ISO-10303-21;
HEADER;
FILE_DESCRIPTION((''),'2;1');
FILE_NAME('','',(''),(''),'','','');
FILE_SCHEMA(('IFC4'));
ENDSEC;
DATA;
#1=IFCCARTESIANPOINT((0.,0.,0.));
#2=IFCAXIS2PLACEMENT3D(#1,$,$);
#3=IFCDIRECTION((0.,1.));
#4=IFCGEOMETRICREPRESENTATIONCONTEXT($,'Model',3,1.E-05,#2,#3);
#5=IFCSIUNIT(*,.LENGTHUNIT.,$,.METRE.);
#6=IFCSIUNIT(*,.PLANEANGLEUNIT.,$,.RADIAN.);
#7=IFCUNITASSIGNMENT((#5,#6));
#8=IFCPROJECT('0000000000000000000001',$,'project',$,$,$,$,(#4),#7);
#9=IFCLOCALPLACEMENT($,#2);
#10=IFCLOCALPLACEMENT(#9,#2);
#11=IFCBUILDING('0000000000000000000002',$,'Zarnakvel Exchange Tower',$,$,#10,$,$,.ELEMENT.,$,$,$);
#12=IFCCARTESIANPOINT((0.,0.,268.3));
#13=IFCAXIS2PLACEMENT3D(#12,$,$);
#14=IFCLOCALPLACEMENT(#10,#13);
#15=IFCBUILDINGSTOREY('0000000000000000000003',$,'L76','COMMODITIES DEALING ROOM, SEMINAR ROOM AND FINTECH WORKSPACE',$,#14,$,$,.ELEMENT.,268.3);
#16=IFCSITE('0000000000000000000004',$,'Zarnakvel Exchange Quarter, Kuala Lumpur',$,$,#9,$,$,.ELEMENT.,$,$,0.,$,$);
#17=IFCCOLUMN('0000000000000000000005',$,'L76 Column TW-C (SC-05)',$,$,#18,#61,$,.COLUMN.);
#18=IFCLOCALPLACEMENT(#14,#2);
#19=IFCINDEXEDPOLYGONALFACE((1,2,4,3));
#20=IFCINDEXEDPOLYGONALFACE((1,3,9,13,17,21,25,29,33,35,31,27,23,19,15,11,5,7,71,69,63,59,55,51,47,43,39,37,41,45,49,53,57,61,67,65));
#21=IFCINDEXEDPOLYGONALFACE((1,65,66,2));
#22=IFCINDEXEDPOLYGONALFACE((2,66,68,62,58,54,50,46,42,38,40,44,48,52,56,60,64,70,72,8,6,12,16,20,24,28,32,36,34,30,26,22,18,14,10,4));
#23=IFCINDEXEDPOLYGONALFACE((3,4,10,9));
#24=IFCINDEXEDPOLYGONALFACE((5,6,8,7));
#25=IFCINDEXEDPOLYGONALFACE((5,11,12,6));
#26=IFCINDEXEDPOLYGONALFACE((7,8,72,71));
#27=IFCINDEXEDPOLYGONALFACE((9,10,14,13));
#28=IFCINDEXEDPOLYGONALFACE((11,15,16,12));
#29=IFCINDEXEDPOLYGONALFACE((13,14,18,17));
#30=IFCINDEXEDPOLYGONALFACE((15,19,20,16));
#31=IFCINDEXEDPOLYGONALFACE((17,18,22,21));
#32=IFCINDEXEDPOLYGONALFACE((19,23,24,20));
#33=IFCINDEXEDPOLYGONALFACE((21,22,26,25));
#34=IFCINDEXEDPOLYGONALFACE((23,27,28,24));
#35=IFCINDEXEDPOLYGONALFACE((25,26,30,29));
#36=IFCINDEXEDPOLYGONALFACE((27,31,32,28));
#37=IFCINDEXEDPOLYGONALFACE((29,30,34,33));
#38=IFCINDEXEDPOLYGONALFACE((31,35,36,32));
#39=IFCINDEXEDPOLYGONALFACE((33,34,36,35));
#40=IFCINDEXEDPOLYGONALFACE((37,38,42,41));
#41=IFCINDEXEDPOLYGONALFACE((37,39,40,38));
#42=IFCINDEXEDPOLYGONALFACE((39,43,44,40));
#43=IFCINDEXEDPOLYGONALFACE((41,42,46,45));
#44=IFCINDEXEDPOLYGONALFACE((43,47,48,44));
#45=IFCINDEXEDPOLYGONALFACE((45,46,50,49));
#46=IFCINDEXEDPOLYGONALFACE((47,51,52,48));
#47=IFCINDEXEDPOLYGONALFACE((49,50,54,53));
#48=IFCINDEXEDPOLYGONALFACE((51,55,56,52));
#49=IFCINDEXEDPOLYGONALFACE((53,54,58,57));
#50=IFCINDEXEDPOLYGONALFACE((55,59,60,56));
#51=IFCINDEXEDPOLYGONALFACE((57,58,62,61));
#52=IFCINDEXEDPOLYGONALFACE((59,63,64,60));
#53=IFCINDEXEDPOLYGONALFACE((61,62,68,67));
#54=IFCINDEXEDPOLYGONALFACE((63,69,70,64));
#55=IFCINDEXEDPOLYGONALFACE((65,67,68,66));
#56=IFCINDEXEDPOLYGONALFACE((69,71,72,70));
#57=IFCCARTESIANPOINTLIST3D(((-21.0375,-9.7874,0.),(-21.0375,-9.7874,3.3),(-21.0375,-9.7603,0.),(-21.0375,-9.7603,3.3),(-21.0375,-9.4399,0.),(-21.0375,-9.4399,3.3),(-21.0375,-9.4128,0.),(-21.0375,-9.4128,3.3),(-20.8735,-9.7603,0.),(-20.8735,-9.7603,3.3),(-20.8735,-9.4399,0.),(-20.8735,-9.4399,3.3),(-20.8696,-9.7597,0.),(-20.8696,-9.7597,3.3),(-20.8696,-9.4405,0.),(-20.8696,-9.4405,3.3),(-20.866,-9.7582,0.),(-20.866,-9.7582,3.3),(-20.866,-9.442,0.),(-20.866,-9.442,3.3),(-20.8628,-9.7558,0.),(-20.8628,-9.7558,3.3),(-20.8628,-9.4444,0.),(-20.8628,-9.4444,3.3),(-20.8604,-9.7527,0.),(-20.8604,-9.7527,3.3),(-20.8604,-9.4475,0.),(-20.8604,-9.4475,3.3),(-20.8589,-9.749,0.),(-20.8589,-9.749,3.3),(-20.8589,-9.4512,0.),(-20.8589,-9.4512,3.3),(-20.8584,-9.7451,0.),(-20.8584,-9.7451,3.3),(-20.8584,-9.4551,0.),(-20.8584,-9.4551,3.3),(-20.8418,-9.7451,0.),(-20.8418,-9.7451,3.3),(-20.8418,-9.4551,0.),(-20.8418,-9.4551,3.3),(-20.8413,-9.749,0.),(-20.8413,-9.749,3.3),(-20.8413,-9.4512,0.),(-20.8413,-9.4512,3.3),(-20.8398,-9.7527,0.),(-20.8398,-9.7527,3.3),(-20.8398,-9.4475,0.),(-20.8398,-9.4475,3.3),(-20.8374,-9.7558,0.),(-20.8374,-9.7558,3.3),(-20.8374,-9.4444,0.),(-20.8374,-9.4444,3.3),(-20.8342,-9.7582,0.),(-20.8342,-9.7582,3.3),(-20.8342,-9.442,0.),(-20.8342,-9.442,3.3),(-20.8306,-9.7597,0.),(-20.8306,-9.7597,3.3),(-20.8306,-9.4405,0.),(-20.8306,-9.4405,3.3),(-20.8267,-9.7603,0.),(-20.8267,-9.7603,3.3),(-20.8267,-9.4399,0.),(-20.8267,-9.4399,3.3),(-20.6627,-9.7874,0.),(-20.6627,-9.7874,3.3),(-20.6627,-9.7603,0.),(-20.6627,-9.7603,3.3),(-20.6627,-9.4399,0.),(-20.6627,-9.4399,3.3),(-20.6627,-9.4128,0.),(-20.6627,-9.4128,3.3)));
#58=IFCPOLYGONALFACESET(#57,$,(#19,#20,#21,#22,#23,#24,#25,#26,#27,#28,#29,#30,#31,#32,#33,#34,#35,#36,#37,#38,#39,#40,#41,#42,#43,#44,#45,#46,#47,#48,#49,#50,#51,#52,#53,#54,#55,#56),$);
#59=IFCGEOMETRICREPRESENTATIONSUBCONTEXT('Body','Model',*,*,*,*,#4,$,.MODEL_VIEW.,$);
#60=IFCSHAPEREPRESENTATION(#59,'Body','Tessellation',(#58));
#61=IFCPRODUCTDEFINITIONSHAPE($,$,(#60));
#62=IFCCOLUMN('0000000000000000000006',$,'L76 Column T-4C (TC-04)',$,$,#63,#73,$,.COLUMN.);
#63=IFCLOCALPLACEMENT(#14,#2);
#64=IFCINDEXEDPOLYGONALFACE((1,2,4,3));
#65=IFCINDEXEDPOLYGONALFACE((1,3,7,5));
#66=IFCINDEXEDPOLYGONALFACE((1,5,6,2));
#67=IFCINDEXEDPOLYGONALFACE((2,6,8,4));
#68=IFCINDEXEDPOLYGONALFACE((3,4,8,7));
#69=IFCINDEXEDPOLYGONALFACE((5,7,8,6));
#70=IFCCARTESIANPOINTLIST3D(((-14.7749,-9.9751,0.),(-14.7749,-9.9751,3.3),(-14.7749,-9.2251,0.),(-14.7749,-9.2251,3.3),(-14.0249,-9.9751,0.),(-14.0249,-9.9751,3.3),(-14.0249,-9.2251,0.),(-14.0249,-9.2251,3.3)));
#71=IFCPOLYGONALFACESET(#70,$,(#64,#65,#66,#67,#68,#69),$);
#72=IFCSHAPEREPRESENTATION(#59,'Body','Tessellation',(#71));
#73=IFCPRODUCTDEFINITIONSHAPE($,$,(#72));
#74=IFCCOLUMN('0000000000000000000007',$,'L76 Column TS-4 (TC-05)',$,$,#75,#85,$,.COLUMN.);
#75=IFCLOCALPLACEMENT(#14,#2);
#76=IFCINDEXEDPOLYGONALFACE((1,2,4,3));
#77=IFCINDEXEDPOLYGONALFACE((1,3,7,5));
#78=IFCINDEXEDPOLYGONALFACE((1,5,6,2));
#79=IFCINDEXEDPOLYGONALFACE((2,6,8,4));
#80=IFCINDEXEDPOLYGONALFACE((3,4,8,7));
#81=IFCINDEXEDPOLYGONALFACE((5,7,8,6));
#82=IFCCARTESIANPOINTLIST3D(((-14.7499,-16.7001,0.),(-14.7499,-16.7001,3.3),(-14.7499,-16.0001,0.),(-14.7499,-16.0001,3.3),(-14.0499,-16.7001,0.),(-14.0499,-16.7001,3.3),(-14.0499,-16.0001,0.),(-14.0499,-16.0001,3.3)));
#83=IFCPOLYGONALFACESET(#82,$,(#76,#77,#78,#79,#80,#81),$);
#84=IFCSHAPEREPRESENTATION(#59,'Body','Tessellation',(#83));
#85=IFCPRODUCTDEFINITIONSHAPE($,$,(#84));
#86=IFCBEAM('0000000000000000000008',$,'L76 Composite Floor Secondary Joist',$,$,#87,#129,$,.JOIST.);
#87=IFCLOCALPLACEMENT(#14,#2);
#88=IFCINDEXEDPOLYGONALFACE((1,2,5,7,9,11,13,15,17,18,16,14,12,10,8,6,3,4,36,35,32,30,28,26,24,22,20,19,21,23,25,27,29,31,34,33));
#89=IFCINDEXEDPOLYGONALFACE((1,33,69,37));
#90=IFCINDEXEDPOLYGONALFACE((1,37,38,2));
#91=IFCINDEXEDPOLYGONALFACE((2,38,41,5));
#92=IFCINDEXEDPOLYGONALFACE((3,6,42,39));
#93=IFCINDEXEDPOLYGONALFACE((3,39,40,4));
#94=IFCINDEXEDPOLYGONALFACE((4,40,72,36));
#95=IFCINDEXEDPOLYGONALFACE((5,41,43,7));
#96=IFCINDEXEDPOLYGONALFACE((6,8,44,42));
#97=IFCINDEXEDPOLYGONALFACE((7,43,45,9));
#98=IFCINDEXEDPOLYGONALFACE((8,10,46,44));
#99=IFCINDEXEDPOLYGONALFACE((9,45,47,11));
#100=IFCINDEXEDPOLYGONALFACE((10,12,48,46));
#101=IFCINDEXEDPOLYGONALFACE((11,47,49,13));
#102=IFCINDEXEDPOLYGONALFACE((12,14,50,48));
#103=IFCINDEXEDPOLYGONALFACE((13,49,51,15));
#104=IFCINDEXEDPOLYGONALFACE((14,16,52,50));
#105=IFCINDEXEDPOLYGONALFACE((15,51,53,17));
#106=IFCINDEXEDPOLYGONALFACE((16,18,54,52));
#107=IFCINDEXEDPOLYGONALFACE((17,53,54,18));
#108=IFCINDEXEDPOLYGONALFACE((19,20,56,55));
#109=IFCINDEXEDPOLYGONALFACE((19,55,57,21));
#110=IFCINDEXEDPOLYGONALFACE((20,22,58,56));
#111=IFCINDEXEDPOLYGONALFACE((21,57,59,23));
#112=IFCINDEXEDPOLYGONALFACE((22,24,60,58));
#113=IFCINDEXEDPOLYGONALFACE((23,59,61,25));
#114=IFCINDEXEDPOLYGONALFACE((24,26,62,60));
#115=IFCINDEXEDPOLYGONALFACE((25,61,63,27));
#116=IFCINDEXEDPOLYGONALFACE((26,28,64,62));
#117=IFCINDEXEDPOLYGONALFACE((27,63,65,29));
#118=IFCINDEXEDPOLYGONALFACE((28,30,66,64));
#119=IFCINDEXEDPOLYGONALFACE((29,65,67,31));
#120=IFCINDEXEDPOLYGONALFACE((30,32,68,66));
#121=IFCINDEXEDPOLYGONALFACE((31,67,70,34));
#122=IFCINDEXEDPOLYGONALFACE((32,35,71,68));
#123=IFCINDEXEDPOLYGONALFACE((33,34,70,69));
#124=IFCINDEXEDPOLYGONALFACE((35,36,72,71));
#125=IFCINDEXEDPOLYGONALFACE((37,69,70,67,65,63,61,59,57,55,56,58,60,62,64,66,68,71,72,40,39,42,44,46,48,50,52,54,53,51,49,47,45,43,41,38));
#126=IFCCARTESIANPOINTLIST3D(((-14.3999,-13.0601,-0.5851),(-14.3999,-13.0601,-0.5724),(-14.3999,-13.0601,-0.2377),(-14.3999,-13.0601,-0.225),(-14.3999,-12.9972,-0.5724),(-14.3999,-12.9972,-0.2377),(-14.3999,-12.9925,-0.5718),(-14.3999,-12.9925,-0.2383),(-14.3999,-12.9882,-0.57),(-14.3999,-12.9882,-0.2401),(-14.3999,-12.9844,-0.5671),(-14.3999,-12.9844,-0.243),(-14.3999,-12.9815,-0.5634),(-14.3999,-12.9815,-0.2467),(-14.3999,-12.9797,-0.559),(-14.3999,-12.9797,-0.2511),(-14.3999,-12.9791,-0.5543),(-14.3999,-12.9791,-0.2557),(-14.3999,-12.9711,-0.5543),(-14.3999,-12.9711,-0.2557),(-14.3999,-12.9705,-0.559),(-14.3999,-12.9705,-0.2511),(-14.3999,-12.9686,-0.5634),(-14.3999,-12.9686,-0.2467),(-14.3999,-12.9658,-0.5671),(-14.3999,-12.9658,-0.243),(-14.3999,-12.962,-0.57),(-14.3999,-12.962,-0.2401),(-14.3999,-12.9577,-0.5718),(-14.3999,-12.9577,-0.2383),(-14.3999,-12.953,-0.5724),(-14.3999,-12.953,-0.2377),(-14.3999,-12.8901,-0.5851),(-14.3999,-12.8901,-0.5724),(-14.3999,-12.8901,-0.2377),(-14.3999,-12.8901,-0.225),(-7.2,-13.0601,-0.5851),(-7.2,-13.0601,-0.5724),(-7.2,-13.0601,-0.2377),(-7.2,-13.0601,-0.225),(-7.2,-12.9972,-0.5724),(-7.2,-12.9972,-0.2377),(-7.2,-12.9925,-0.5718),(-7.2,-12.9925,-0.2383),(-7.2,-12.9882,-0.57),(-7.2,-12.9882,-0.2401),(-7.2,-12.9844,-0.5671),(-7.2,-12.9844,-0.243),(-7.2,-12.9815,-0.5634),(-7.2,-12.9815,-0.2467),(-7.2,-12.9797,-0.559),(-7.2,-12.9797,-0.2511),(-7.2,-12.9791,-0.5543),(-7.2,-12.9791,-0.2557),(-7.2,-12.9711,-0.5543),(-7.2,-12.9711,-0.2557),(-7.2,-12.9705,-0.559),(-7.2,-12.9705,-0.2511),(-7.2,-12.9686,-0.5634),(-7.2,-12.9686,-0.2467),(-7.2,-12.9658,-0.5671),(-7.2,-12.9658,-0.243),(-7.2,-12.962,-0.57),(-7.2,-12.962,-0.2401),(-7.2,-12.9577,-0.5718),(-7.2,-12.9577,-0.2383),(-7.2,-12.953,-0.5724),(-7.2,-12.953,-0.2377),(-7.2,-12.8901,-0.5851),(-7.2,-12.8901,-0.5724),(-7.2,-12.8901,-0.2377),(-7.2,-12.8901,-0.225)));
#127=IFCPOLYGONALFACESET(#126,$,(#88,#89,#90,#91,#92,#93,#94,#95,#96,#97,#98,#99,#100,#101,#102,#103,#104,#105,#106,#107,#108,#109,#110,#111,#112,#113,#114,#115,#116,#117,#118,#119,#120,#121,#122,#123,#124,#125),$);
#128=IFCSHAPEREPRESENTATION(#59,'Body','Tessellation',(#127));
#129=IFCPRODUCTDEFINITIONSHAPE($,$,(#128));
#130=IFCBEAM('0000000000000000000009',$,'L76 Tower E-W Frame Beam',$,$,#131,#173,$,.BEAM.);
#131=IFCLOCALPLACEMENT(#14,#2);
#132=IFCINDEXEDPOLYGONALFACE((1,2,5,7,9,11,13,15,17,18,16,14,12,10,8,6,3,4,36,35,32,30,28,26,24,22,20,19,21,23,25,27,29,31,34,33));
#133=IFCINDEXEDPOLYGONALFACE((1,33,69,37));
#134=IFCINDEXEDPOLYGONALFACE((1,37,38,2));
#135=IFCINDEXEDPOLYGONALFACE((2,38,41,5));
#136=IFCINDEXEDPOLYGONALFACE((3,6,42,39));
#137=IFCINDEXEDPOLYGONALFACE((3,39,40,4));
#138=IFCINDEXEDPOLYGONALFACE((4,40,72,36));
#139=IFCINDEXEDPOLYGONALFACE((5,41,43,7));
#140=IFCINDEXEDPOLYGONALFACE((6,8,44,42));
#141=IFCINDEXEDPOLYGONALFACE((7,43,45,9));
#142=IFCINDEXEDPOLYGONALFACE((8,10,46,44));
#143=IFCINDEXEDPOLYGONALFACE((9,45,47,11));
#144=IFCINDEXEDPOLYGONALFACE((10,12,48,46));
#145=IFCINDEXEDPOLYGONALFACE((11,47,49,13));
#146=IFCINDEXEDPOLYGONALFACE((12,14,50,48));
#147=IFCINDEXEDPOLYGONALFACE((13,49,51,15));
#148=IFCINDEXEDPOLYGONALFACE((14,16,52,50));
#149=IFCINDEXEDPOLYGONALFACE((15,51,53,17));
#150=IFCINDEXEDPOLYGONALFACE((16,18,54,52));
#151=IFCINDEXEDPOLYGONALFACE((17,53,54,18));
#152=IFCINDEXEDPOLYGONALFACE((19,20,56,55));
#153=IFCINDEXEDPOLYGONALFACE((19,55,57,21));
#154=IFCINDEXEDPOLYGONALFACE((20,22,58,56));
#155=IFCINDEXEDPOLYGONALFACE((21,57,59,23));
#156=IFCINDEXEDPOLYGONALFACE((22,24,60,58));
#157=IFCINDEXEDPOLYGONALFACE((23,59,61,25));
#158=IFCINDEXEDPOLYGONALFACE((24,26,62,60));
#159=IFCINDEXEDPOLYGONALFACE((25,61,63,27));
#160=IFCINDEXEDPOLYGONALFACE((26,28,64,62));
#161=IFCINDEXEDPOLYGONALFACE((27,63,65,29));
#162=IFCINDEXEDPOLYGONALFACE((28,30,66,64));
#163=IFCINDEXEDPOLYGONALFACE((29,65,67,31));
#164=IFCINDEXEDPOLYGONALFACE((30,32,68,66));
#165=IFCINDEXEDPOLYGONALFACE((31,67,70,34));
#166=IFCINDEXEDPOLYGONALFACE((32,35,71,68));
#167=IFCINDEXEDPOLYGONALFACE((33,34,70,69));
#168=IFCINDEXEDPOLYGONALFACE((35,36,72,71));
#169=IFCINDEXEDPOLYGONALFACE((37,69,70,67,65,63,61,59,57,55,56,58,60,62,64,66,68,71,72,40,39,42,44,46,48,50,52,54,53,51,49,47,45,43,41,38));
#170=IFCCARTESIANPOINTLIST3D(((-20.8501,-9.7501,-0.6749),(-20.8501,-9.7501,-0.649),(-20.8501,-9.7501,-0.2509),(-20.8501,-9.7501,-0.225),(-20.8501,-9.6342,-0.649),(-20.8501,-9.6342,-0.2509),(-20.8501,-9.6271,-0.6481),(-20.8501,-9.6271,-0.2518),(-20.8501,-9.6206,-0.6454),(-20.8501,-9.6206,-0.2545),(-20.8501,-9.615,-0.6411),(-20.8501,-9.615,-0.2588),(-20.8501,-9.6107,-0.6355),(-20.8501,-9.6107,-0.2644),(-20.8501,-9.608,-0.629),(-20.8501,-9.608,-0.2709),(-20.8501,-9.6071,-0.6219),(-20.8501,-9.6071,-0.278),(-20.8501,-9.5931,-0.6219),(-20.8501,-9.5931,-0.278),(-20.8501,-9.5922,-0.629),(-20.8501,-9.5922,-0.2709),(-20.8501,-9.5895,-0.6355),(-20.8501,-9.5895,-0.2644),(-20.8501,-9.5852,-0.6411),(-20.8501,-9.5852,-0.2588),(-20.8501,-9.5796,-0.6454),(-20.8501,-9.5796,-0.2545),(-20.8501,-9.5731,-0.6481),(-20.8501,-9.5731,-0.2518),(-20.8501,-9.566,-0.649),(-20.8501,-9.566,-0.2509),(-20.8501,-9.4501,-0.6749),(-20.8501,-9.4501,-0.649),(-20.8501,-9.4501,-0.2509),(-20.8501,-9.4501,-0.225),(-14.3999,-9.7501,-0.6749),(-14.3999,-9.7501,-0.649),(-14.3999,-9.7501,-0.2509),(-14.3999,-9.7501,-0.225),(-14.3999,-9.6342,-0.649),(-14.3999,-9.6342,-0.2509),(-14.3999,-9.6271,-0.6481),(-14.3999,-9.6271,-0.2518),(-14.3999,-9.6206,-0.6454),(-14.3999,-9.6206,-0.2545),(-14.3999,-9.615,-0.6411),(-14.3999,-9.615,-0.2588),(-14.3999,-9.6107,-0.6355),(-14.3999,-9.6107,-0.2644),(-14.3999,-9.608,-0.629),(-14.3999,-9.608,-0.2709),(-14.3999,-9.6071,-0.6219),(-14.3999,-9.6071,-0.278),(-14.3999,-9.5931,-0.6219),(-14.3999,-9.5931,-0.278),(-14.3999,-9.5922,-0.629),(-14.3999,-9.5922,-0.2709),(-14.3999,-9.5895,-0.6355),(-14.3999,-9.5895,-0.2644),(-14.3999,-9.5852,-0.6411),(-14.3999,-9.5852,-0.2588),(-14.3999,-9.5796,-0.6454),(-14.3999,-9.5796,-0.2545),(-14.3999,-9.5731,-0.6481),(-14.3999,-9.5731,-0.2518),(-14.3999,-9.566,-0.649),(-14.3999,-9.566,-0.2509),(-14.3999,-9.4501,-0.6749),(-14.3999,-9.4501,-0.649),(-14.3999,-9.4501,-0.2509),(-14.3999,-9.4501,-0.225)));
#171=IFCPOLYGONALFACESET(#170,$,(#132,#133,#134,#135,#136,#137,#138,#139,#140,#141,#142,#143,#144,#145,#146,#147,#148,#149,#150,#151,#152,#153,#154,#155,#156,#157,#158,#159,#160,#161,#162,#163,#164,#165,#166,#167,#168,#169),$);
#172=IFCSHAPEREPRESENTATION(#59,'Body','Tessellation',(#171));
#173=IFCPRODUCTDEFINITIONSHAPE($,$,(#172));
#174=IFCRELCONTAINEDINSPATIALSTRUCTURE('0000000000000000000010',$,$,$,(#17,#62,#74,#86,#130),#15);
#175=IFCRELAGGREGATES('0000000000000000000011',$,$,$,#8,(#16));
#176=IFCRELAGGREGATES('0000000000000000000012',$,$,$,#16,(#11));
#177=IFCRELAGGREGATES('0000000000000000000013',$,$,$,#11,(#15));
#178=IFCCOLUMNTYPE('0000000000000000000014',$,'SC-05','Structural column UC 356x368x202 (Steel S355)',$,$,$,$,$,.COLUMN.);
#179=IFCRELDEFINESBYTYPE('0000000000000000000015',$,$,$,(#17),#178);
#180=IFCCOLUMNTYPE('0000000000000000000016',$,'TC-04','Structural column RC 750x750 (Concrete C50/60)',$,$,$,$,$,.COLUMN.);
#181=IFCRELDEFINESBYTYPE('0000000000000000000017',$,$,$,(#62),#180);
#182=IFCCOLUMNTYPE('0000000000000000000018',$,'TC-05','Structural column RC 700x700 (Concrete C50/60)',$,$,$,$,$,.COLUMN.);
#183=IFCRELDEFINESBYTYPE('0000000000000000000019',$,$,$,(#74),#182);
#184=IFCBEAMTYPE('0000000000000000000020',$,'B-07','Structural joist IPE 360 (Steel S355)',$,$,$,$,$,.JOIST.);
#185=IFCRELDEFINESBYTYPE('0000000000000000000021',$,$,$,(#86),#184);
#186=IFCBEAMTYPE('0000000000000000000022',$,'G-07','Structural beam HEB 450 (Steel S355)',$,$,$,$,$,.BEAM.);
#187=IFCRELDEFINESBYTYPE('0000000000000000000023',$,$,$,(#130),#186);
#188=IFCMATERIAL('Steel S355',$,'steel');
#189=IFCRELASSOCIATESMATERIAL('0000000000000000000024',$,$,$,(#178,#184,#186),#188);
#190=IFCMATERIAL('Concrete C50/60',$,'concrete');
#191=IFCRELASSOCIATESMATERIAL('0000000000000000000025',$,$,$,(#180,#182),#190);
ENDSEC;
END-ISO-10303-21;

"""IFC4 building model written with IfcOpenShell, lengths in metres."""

from ifc_helpers import new_model, si_unit, direction, frame, origin, origin_2d, place, context, subcontext, project, spatial, rectangle, i_section, extrude, material, material_profile, profile_set, type_object, element, save


model = new_model("IFC4")

# Units and contexts
model_context = context("Model", 3, precision=1e-05, world=origin(), true_north=direction((0.0, 1.0)))
body_context = subcontext(model_context, "Body", "Model", "MODEL_VIEW")
ifc_project = project(units=[si_unit("LENGTHUNIT", "METRE"), si_unit("PLANEANGLEUNIT", "RADIAN")], contexts=[model_context])

# Site, building, storey
site_placement = place(None, origin())
site = spatial("IfcSite", under=ifc_project, at=site_placement, Name="Zarnakvel Exchange Quarter, Kuala Lumpur", CompositionType="ELEMENT", RefElevation=0.0)
building_placement = place(site_placement, origin())
building = spatial("IfcBuilding", under=site, at=building_placement, Name="Zarnakvel Exchange Tower", CompositionType="ELEMENT")
storey_placement = place(building_placement, frame((0.0, 0.0, 268.3)))
storey = spatial("IfcBuildingStorey", under=building, at=storey_placement, Name="L76", Description="COMMODITIES DEALING ROOM, SEMINAR ROOM AND FINTECH WORKSPACE", CompositionType="ELEMENT", Elevation=268.3)

# Columns
ifc_material_1 = material(Name="Steel S355", Category="steel")
ifc_material_profile_1 = material_profile(ifc_material_1, i_section(OverallWidth=0.3748, OverallDepth=0.3745, WebThickness=0.0166, FlangeThickness=0.0271, FilletRadius=0.0151, at=origin_2d()))
ifc_profile_set_1 = profile_set([ifc_material_profile_1], Name="Steel S355")
column_type_1 = type_object("IfcColumnType", Name="SC-05", Description="Structural column UC 356x368x202 (Steel S355)", PredefinedType="COLUMN", material=ifc_profile_set_1)
column_1_placement = place(storey_placement, frame((-20.8501, -9.6001, 0.0), z_axis=(0.0, 0.0, 1.0), x_axis=(1.0, 0.0, 0.0)))
element("IfcColumn", 1, at=column_1_placement, inside=storey, type_object=column_type_1, Name="L76 Column TW-C (SC-05)", PredefinedType="COLUMN", context=body_context, shape_type="SweptSolid", body=[
    extrude(i_section(OverallWidth=0.3748, OverallDepth=0.3745, WebThickness=0.0166, FlangeThickness=0.0271, FilletRadius=0.0151, at=origin_2d()), origin(), (0.0, 0.0, 1.0), 3.3),
])
ifc_material_2 = material(Name="Concrete C50/60", Category="concrete")
ifc_material_profile_2 = material_profile(ifc_material_2, rectangle(XDim=0.75, YDim=0.75, at=origin_2d()))
ifc_profile_set_2 = profile_set([ifc_material_profile_2], Name="Concrete C50/60")
column_type_2 = type_object("IfcColumnType", Name="TC-04", Description="Structural column RC 750x750 (Concrete C50/60)", PredefinedType="COLUMN", material=ifc_profile_set_2)
column_2_placement = place(storey_placement, frame((-14.3999, -9.6001, 0.0), z_axis=(0.0, 0.0, 1.0), x_axis=(1.0, 0.0, 0.0)))
element("IfcColumn", 2, at=column_2_placement, inside=storey, type_object=column_type_2, Name="L76 Column T-4C (TC-04)", PredefinedType="COLUMN", context=body_context, shape_type="SweptSolid", body=[
    extrude(rectangle(XDim=0.75, YDim=0.75, at=origin_2d()), origin(), (0.0, 0.0, 1.0), 3.3),
])
ifc_material_profile_3 = material_profile(ifc_material_2, rectangle(XDim=0.7, YDim=0.7, at=origin_2d()))
ifc_profile_set_3 = profile_set([ifc_material_profile_3], Name="Concrete C50/60")
column_type_3 = type_object("IfcColumnType", Name="TC-05", Description="Structural column RC 700x700 (Concrete C50/60)", PredefinedType="COLUMN", material=ifc_profile_set_3)
column_3_placement = place(storey_placement, frame((-14.3999, -16.3501, 0.0), z_axis=(0.0, 0.0, 1.0), x_axis=(1.0, 0.0, 0.0)))
element("IfcColumn", 3, at=column_3_placement, inside=storey, type_object=column_type_3, Name="L76 Column TS-4 (TC-05)", PredefinedType="COLUMN", context=body_context, shape_type="SweptSolid", body=[
    extrude(rectangle(XDim=0.7, YDim=0.7, at=origin_2d()), origin(), (0.0, 0.0, 1.0), 3.3),
])

# Beams
ifc_material_profile_4 = material_profile(ifc_material_1, i_section(OverallWidth=0.1699, OverallDepth=0.3601, WebThickness=0.0081, FlangeThickness=0.0127, FilletRadius=0.0181, at=origin_2d()))
ifc_profile_set_4 = profile_set([ifc_material_profile_4], Name="Steel S355")
beam_type_1 = type_object("IfcBeamType", Name="B-07", Description="Structural joist IPE 360 (Steel S355)", PredefinedType="JOIST", material=ifc_profile_set_4)
beam_1_placement = place(storey_placement, frame((-14.3999, -12.9751, -0.405), z_axis=(1.0, 0.0, 0.0), x_axis=(0.0, 1.0, 0.0)))
element("IfcBeam", 4, at=beam_1_placement, inside=storey, type_object=beam_type_1, Name="L76 Composite Floor Secondary Joist", PredefinedType="JOIST", context=body_context, shape_type="SweptSolid", body=[
    extrude(i_section(OverallWidth=0.1699, OverallDepth=0.3601, WebThickness=0.0081, FlangeThickness=0.0127, FilletRadius=0.0181, at=origin_2d()), origin(), (0.0, 0.0, 1.0), 7.2),
])
ifc_material_profile_5 = material_profile(ifc_material_1, i_section(OverallWidth=0.3, OverallDepth=0.45, WebThickness=0.0139, FlangeThickness=0.0259, FilletRadius=0.0271, at=origin_2d()))
ifc_profile_set_5 = profile_set([ifc_material_profile_5], Name="Steel S355")
beam_type_2 = type_object("IfcBeamType", Name="G-07", Description="Structural beam HEB 450 (Steel S355)", PredefinedType="BEAM", material=ifc_profile_set_5)
beam_2_placement = place(storey_placement, frame((-20.8501, -9.6001, -0.45), z_axis=(1.0, 0.0, 0.0), x_axis=(0.0, 1.0, 0.0)))
element("IfcBeam", 5, at=beam_2_placement, inside=storey, type_object=beam_type_2, Name="L76 Tower E-W Frame Beam", PredefinedType="BEAM", context=body_context, shape_type="SweptSolid", body=[
    extrude(i_section(OverallWidth=0.3, OverallDepth=0.45, WebThickness=0.0139, FlangeThickness=0.0259, FilletRadius=0.0271, at=origin_2d()), origin(), (0.0, 0.0, 1.0), 6.4502),
])

save(model, "model.ifc")
